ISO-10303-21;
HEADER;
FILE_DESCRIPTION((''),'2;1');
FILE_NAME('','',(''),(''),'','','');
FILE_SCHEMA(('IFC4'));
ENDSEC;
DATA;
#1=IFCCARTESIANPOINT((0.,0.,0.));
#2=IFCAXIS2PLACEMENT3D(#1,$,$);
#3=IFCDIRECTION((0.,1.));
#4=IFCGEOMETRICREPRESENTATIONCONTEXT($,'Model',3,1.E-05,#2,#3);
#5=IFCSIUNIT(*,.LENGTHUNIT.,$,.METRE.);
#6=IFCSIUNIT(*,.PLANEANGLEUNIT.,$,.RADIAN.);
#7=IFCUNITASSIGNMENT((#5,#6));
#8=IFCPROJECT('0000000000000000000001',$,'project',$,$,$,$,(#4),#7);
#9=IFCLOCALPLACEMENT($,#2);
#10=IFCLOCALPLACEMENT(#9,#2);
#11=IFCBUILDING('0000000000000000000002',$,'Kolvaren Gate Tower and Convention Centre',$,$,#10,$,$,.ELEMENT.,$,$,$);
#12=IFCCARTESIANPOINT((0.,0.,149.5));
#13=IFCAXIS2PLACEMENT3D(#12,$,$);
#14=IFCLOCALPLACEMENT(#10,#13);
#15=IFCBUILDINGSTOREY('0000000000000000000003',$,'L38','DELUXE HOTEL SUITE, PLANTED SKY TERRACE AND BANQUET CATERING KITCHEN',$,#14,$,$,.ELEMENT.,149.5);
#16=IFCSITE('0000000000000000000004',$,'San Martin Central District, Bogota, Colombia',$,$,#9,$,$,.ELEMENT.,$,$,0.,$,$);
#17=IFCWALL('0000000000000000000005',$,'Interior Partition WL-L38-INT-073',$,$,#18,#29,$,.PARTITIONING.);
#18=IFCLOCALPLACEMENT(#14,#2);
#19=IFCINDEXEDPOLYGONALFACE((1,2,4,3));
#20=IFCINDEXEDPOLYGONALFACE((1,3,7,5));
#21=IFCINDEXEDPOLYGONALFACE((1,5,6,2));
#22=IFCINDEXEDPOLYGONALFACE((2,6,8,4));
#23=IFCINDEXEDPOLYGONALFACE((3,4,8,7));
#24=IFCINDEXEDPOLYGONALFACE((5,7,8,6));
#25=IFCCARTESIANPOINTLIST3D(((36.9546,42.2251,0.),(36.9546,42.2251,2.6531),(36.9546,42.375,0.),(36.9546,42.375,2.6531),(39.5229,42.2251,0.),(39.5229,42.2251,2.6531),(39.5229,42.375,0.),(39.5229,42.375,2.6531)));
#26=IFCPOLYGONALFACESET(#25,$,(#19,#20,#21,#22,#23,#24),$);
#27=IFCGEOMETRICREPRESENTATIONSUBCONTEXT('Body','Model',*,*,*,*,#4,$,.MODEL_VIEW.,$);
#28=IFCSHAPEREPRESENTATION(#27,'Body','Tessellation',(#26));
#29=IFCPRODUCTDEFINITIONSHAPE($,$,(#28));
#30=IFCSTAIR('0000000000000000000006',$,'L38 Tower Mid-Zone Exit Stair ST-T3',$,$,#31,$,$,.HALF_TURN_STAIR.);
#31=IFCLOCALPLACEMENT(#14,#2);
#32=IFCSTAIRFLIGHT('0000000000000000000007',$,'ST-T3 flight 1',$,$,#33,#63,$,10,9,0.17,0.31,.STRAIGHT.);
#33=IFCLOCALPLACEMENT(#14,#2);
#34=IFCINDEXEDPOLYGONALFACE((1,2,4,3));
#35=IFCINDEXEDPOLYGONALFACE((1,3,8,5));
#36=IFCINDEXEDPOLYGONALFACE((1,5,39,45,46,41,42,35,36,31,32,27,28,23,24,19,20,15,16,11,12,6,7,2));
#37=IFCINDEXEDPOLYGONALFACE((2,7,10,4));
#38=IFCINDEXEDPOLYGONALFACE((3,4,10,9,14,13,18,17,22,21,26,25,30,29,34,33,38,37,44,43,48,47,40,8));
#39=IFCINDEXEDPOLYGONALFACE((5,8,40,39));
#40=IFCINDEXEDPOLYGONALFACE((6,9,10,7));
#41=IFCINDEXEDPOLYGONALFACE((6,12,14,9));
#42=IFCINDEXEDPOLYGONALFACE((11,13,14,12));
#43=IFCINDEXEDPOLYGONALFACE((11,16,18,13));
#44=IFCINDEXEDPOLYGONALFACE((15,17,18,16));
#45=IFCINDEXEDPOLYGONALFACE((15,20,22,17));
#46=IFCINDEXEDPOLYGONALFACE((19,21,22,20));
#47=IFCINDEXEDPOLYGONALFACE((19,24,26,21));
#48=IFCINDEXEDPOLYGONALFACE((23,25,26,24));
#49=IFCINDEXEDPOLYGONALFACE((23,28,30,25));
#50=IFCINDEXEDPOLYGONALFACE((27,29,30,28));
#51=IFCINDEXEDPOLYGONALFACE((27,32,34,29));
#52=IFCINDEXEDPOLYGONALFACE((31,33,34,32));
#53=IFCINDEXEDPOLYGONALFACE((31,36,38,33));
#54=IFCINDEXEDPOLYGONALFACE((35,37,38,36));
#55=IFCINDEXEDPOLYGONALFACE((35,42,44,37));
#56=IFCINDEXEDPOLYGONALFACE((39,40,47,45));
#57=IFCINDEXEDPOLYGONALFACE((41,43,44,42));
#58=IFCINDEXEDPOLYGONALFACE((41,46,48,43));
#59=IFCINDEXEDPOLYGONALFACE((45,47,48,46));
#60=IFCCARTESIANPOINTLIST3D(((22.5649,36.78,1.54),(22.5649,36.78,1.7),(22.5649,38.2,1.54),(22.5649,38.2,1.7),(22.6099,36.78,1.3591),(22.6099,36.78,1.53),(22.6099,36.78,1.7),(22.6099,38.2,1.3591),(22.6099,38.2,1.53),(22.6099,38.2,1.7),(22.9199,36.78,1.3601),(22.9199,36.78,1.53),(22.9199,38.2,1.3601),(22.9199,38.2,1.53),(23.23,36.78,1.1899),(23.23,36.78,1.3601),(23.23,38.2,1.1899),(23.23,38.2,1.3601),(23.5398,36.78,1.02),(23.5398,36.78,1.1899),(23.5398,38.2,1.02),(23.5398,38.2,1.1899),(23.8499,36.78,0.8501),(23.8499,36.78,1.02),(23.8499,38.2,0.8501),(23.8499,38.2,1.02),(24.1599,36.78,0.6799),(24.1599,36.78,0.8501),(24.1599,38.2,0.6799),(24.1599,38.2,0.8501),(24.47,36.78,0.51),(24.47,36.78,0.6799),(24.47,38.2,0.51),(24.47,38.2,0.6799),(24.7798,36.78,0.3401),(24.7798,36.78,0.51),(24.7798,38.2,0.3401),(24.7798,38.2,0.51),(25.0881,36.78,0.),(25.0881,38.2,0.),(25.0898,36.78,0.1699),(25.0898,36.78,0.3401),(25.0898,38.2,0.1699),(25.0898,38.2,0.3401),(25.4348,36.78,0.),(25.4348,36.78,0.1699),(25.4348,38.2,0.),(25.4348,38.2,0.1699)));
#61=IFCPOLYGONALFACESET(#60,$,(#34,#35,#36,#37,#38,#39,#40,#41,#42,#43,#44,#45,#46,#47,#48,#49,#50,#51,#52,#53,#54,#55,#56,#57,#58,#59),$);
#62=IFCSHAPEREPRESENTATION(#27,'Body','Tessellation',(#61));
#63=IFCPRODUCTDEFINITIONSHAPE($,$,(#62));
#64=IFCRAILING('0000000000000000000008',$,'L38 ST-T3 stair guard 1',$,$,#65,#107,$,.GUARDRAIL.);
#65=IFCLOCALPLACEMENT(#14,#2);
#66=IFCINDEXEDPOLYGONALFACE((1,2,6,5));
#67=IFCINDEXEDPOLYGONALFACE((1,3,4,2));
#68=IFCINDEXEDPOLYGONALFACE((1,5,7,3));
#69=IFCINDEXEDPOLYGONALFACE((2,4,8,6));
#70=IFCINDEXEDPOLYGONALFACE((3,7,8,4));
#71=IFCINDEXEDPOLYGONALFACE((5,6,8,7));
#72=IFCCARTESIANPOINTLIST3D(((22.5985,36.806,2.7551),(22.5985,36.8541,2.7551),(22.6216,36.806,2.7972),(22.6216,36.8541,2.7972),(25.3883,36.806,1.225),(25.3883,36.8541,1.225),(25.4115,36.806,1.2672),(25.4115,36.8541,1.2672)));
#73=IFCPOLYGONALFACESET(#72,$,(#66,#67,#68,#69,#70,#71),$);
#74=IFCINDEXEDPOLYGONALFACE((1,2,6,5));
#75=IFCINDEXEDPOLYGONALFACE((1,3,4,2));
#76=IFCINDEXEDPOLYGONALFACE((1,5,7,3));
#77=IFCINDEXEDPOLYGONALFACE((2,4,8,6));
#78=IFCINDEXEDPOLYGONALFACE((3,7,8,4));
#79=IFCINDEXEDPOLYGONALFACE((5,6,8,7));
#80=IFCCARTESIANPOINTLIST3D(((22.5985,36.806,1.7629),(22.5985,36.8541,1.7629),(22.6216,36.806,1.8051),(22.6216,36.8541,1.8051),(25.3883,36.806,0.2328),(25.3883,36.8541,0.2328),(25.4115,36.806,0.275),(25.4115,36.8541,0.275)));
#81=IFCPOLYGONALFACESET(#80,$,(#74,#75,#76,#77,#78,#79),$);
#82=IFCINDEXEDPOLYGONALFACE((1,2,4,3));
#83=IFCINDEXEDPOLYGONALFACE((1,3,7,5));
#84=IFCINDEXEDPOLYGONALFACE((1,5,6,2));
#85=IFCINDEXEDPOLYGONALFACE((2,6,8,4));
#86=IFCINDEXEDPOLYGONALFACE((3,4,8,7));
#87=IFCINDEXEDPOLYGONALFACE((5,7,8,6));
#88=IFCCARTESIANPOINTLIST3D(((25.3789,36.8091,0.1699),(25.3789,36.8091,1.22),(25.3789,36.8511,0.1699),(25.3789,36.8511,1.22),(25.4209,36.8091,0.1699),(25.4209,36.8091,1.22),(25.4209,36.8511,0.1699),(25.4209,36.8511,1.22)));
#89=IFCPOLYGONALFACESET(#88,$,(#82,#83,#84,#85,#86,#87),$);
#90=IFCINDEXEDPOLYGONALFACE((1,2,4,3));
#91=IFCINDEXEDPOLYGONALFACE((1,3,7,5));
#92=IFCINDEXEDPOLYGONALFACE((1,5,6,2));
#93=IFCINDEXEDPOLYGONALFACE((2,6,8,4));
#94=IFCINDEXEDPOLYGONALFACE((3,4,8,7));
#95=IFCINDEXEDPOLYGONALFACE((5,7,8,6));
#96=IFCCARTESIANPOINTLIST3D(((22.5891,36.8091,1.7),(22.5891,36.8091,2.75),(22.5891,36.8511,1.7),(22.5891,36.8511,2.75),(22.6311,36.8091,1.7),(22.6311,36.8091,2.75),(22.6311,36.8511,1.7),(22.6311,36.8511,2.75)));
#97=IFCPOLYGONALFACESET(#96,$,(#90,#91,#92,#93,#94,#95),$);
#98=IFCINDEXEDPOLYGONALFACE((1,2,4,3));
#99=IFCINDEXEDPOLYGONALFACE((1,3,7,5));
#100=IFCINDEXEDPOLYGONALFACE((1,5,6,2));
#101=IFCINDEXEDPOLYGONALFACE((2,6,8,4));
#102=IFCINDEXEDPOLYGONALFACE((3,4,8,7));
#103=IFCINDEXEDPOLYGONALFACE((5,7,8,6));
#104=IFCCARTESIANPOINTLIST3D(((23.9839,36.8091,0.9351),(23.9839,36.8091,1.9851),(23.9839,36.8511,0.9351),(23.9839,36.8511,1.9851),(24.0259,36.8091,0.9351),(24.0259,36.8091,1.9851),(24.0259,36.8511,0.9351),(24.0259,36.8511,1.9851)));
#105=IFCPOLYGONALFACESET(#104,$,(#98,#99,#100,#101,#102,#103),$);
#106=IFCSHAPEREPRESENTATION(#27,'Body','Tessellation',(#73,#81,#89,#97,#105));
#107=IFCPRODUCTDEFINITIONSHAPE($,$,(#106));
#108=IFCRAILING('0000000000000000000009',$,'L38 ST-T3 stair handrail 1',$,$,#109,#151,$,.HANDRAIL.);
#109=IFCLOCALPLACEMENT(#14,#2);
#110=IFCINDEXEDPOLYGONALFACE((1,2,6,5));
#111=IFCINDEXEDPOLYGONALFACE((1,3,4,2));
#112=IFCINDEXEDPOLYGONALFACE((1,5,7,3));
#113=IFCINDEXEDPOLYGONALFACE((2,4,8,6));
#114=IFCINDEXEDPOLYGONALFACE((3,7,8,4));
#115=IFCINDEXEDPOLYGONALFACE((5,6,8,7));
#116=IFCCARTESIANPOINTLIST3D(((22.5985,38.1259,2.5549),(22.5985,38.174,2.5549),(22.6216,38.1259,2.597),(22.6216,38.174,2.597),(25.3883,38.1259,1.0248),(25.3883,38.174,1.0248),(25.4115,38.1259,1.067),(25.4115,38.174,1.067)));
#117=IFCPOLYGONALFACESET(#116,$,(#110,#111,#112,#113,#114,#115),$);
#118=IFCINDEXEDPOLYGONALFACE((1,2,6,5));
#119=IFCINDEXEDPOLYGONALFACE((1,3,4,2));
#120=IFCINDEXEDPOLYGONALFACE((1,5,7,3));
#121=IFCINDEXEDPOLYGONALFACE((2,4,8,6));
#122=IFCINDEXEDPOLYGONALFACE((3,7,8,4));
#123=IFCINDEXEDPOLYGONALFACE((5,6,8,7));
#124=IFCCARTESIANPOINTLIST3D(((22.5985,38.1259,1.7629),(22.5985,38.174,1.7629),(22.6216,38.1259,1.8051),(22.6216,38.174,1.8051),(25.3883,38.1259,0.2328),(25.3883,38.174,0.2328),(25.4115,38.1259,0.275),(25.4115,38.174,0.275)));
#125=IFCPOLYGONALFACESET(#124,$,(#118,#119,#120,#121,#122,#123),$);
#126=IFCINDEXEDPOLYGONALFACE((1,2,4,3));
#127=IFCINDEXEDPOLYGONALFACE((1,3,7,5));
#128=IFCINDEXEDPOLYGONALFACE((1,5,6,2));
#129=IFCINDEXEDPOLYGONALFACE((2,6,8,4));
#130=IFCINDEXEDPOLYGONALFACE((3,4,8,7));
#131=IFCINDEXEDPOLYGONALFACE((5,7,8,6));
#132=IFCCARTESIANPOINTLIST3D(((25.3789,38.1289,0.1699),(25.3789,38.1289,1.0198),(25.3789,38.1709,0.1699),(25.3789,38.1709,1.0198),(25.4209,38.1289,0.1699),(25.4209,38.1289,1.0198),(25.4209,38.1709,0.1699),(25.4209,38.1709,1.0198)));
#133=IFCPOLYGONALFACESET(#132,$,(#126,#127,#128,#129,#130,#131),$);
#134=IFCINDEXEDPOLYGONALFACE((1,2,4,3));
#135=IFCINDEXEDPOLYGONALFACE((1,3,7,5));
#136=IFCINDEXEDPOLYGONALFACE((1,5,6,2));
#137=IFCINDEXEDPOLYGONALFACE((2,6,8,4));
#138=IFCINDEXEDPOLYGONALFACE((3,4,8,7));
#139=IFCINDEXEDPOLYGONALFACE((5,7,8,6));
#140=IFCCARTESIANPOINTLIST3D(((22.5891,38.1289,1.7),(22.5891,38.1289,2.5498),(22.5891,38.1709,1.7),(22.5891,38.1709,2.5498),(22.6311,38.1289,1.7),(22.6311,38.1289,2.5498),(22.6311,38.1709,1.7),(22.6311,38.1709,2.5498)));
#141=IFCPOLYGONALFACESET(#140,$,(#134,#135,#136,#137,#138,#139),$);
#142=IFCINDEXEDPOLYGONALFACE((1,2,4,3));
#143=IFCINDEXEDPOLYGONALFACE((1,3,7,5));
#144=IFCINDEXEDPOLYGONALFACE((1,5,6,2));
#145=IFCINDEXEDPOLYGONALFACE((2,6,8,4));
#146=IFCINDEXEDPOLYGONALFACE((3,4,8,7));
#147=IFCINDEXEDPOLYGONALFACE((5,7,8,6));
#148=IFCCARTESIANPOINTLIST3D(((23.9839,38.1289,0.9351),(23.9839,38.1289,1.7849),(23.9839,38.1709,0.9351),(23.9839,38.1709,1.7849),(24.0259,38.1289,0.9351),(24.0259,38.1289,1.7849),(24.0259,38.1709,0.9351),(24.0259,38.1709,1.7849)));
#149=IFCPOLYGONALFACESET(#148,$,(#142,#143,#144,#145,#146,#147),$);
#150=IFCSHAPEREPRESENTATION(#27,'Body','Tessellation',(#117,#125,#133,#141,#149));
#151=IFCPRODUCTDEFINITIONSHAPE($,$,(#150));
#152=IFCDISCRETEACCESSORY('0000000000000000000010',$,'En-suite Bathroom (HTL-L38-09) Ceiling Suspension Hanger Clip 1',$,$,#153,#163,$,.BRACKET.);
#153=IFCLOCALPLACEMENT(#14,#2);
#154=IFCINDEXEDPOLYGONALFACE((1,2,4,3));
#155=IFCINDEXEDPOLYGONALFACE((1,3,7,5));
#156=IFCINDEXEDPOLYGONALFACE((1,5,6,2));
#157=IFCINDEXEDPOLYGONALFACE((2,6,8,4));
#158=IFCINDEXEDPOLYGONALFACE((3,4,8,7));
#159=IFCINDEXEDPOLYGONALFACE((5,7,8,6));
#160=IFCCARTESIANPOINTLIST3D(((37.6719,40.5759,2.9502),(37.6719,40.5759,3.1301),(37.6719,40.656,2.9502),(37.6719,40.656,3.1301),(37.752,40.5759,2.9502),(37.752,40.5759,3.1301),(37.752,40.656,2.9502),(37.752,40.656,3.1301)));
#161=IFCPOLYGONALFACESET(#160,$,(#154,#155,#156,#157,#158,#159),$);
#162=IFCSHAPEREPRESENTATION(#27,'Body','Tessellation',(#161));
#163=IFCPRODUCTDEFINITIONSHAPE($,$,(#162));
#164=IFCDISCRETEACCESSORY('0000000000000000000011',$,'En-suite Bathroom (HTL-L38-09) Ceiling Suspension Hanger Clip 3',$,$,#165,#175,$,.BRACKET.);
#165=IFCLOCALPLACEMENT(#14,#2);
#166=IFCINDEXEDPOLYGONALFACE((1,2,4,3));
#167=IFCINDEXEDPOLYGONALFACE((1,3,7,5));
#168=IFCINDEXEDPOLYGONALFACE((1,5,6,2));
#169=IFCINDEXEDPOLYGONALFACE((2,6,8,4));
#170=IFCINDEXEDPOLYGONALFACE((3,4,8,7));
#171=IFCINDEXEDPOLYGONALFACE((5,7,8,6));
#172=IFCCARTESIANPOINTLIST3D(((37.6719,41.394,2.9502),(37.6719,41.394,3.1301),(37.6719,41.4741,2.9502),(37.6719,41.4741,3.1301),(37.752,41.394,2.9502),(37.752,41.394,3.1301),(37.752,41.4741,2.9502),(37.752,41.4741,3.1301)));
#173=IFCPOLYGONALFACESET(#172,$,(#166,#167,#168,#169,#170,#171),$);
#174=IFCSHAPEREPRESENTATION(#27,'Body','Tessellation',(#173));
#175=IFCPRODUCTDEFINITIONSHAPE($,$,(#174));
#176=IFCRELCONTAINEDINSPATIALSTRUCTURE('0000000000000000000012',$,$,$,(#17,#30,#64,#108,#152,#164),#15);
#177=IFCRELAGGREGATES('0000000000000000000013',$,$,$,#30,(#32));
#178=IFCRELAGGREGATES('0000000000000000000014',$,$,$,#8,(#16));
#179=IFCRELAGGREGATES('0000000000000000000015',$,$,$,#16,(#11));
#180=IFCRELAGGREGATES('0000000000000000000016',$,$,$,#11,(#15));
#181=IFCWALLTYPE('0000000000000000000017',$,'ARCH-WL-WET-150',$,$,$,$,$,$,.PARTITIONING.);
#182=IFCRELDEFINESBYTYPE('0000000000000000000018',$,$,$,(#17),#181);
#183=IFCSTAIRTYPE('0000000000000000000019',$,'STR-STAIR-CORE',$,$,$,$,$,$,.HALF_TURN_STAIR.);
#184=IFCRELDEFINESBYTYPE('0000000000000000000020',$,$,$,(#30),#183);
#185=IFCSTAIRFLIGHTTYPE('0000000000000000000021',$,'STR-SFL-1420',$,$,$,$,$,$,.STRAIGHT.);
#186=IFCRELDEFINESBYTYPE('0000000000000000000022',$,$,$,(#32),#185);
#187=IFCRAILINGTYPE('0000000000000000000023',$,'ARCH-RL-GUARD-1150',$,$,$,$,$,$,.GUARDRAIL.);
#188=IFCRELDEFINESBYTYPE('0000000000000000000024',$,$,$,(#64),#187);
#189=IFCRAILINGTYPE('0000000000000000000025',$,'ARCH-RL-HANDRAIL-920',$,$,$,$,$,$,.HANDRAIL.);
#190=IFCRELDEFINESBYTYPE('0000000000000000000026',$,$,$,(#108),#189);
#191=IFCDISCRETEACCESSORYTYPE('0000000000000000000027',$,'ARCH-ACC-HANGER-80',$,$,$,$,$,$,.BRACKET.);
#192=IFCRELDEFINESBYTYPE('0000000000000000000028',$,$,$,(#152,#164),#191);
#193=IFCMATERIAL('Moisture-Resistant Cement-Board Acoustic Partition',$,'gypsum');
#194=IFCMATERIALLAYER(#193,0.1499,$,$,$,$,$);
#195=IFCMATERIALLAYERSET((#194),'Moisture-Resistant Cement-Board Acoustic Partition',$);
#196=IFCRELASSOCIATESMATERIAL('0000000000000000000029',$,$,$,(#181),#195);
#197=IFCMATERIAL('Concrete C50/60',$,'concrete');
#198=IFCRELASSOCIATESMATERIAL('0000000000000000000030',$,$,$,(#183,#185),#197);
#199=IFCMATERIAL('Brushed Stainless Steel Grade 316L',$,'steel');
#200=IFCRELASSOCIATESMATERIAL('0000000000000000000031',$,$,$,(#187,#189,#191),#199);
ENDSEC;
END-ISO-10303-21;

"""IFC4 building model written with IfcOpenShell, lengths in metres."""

from ifc_helpers import new_model, si_unit, direction, frame, frame_2d, origin, origin_2d, place, context, subcontext, project, spatial, polyline, rectangle, outline, extrude, material, layer, layer_set, type_object, element, aggregate, save


model = new_model("IFC4")

# Units and contexts
model_context = context("Model", 3, precision=1e-05, world=origin(), true_north=direction((0.0, 1.0)))
body_context = subcontext(model_context, "Body", "Model", "MODEL_VIEW")
ifc_project = project(units=[si_unit("LENGTHUNIT", "METRE"), si_unit("PLANEANGLEUNIT", "RADIAN")], contexts=[model_context])

# Site, building, storey
site_placement = place(None, origin())
site = spatial("IfcSite", under=ifc_project, at=site_placement, Name="San Martin Central District, Bogota, Colombia", CompositionType="ELEMENT", RefElevation=0.0)
building_placement = place(site_placement, origin())
building = spatial("IfcBuilding", under=site, at=building_placement, Name="Kolvaren Gate Tower and Convention Centre", CompositionType="ELEMENT")
storey_placement = place(building_placement, frame((0.0, 0.0, 149.5)))
storey = spatial("IfcBuildingStorey", under=building, at=storey_placement, Name="L38", Description="DELUXE HOTEL SUITE, PLANTED SKY TERRACE AND BANQUET CATERING KITCHEN", CompositionType="ELEMENT", Elevation=149.5)

# Shared definitions
ifc_material_1 = material(Name="Moisture-Resistant Cement-Board Acoustic Partition", Category="gypsum")
ifc_layer_1 = layer(ifc_material_1, 0.1499)
ifc_layer_set_1 = layer_set([ifc_layer_1], Name="Moisture-Resistant Cement-Board Acoustic Partition")
wall_type_1 = type_object("IfcWallType", Name="ARCH-WL-WET-150", PredefinedType="PARTITIONING", material=ifc_layer_set_1)

# Wall
wall_1_placement = place(storey_placement, frame((36.9546, 42.3, 0.0), z_axis=(0.0, 0.0, 1.0), x_axis=(1.0, 0.0, 0.0)))
element("IfcWall", 1, at=wall_1_placement, inside=storey, type_object=wall_type_1, Name="Interior Partition WL-L38-INT-073", PredefinedType="PARTITIONING", context=body_context, shape_type="SweptSolid", body=[
    extrude(rectangle(XDim=2.5684, YDim=0.1499, at=frame_2d((1.2842, 0.0))), origin(), (0.0, 0.0, 1.0), 2.6531),
])

# Stair, stair flight
ifc_material_2 = material(Name="Concrete C50/60", Category="concrete")
stair_type = type_object("IfcStairType", Name="STR-STAIR-CORE", PredefinedType="HALF_TURN_STAIR", material=ifc_material_2)
stair_placement = place(storey_placement, origin())
stair = element("IfcStair", 2, at=stair_placement, inside=storey, type_object=stair_type, Name="L38 Tower Mid-Zone Exit Stair ST-T3", PredefinedType="HALF_TURN_STAIR")
stair_flight_type = type_object("IfcStairFlightType", Name="STR-SFL-1420", PredefinedType="STRAIGHT", material=ifc_material_2)
stair_flight_placement = place(storey_placement, frame((25.3999, 37.49, 0.0), z_axis=(0.0, 0.0, 1.0), x_axis=(-1.0, 0.0, 0.0)))
stair_flight = element("IfcStairFlight", 3, at=stair_flight_placement, type_object=stair_flight_type, Name="ST-T3 flight 1", NumberOfRisers=10, NumberOfTreads=9, PredefinedType="STRAIGHT", RiserHeight=0.17, TreadLength=0.31, context=body_context, shape_type="SweptSolid", body=[
    extrude(outline(polyline([(-0.0349, 0.0), (-0.0349, 0.1699), (0.3101, 0.1699), (0.3101, 0.3401), (0.6201, 0.3401), (0.6201, 0.51), (0.9299, 0.51), (0.9299, 0.6799), (1.24, 0.6799), (1.24, 0.8501), (1.55, 0.8501), (1.55, 1.02), (1.8601, 1.02), (1.8601, 1.1899), (2.1699, 1.1899), (2.1699, 1.3601), (2.48, 1.3601), (2.48, 1.53), (2.79, 1.53), (2.79, 1.7), (2.835, 1.7), (2.835, 1.54), (2.79, 1.3591), (0.3118, 0.0), (-0.0349, 0.0)])), frame((0.0, 0.71, 0.0), z_axis=(0.0, -1.0, 0.0), x_axis=(1.0, 0.0, 0.0)), (0.0, 0.0, 1.0), 1.4199),
])
aggregate(stair, [stair_flight])

# Railings
ifc_material_3 = material(Name="Brushed Stainless Steel Grade 316L", Category="steel")
railing_type_1 = type_object("IfcRailingType", Name="ARCH-RL-GUARD-1150", PredefinedType="GUARDRAIL", material=ifc_material_3)
railing_1_placement = place(storey_placement, frame((25.3999, 36.8301, 0.1699)))
element("IfcRailing", 4, at=railing_1_placement, inside=storey, type_object=railing_type_1, Name="L38 ST-T3 stair guard 1", PredefinedType="GUARDRAIL", context=body_context, shape_type="SweptSolid", body=[
    extrude(rectangle(XDim=0.0481, YDim=0.0481, at=origin_2d()), frame((0.0, 0.0, 1.0762), z_axis=(-0.876794, 0.0, 0.480867), x_axis=(0.0, -1.0, 0.0)), (0.0, 0.0, 1.0), 3.1819),
    extrude(rectangle(XDim=0.0481, YDim=0.0481, at=origin_2d()), frame((0.0, 0.0, 0.084), z_axis=(-0.876794, 0.0, 0.480867), x_axis=(0.0, -1.0, 0.0)), (0.0, 0.0, 1.0), 3.1819),
    extrude(rectangle(XDim=0.042, YDim=0.042, at=origin_2d()), origin(), (0.0, 0.0, 1.0), 1.05),
    extrude(rectangle(XDim=0.042, YDim=0.042, at=origin_2d()), frame((-2.7898, 0.0, 1.53)), (0.0, 0.0, 1.0), 1.05),
    extrude(rectangle(XDim=0.042, YDim=0.042, at=origin_2d()), frame((-1.395, 0.0, 0.7651)), (0.0, 0.0, 1.0), 1.05),
])
railing_type_2 = type_object("IfcRailingType", Name="ARCH-RL-HANDRAIL-920", PredefinedType="HANDRAIL", material=ifc_material_3)
railing_2_placement = place(storey_placement, frame((25.3999, 38.1499, 0.1699)))
element("IfcRailing", 5, at=railing_2_placement, inside=storey, type_object=railing_type_2, Name="L38 ST-T3 stair handrail 1", PredefinedType="HANDRAIL", context=body_context, shape_type="SweptSolid", body=[
    extrude(rectangle(XDim=0.0481, YDim=0.0481, at=origin_2d()), frame((0.0, 0.0, 0.876), z_axis=(-0.876794, 0.0, 0.480867), x_axis=(0.0, -1.0, 0.0)), (0.0, 0.0, 1.0), 3.1819),
    extrude(rectangle(XDim=0.0481, YDim=0.0481, at=origin_2d()), frame((0.0, 0.0, 0.084), z_axis=(-0.876794, 0.0, 0.480867), x_axis=(0.0, -1.0, 0.0)), (0.0, 0.0, 1.0), 3.1819),
    extrude(rectangle(XDim=0.042, YDim=0.042, at=origin_2d()), origin(), (0.0, 0.0, 1.0), 0.8499),
    extrude(rectangle(XDim=0.042, YDim=0.042, at=origin_2d()), frame((-2.7898, 0.0, 1.53)), (0.0, 0.0, 1.0), 0.8499),
    extrude(rectangle(XDim=0.042, YDim=0.042, at=origin_2d()), frame((-1.395, 0.0, 0.7651)), (0.0, 0.0, 1.0), 0.8499),
])

# Discrete accessories
discrete_accessory_type = type_object("IfcDiscreteAccessoryType", Name="ARCH-ACC-HANGER-80", PredefinedType="BRACKET", material=ifc_material_3)
for number, where, z_axis, x_axis, name in (
    (6, (37.7119, 40.616, 2.9502), (0.0, 0.0, 1.0), (1.0, 0.0, 0.0), "En-suite Bathroom (HTL-L38-09) Ceiling Suspension Hanger Clip 1"),
    (7, (37.7119, 41.4341, 2.9502), (0.0, 0.0, 1.0), (1.0, 0.0, 0.0), "En-suite Bathroom (HTL-L38-09) Ceiling Suspension Hanger Clip 3"),
):
    element("IfcDiscreteAccessory", number, at=place(storey_placement, frame(where, z_axis=z_axis, x_axis=x_axis)), inside=storey, type_object=discrete_accessory_type, Name=name, PredefinedType="BRACKET", context=body_context, shape_type="SweptSolid", body=[
        extrude(rectangle(XDim=0.0801, YDim=0.0801, at=origin_2d()), origin(), (0.0, 0.0, 1.0), 0.1799),
    ])

save(model, "model.ifc")
